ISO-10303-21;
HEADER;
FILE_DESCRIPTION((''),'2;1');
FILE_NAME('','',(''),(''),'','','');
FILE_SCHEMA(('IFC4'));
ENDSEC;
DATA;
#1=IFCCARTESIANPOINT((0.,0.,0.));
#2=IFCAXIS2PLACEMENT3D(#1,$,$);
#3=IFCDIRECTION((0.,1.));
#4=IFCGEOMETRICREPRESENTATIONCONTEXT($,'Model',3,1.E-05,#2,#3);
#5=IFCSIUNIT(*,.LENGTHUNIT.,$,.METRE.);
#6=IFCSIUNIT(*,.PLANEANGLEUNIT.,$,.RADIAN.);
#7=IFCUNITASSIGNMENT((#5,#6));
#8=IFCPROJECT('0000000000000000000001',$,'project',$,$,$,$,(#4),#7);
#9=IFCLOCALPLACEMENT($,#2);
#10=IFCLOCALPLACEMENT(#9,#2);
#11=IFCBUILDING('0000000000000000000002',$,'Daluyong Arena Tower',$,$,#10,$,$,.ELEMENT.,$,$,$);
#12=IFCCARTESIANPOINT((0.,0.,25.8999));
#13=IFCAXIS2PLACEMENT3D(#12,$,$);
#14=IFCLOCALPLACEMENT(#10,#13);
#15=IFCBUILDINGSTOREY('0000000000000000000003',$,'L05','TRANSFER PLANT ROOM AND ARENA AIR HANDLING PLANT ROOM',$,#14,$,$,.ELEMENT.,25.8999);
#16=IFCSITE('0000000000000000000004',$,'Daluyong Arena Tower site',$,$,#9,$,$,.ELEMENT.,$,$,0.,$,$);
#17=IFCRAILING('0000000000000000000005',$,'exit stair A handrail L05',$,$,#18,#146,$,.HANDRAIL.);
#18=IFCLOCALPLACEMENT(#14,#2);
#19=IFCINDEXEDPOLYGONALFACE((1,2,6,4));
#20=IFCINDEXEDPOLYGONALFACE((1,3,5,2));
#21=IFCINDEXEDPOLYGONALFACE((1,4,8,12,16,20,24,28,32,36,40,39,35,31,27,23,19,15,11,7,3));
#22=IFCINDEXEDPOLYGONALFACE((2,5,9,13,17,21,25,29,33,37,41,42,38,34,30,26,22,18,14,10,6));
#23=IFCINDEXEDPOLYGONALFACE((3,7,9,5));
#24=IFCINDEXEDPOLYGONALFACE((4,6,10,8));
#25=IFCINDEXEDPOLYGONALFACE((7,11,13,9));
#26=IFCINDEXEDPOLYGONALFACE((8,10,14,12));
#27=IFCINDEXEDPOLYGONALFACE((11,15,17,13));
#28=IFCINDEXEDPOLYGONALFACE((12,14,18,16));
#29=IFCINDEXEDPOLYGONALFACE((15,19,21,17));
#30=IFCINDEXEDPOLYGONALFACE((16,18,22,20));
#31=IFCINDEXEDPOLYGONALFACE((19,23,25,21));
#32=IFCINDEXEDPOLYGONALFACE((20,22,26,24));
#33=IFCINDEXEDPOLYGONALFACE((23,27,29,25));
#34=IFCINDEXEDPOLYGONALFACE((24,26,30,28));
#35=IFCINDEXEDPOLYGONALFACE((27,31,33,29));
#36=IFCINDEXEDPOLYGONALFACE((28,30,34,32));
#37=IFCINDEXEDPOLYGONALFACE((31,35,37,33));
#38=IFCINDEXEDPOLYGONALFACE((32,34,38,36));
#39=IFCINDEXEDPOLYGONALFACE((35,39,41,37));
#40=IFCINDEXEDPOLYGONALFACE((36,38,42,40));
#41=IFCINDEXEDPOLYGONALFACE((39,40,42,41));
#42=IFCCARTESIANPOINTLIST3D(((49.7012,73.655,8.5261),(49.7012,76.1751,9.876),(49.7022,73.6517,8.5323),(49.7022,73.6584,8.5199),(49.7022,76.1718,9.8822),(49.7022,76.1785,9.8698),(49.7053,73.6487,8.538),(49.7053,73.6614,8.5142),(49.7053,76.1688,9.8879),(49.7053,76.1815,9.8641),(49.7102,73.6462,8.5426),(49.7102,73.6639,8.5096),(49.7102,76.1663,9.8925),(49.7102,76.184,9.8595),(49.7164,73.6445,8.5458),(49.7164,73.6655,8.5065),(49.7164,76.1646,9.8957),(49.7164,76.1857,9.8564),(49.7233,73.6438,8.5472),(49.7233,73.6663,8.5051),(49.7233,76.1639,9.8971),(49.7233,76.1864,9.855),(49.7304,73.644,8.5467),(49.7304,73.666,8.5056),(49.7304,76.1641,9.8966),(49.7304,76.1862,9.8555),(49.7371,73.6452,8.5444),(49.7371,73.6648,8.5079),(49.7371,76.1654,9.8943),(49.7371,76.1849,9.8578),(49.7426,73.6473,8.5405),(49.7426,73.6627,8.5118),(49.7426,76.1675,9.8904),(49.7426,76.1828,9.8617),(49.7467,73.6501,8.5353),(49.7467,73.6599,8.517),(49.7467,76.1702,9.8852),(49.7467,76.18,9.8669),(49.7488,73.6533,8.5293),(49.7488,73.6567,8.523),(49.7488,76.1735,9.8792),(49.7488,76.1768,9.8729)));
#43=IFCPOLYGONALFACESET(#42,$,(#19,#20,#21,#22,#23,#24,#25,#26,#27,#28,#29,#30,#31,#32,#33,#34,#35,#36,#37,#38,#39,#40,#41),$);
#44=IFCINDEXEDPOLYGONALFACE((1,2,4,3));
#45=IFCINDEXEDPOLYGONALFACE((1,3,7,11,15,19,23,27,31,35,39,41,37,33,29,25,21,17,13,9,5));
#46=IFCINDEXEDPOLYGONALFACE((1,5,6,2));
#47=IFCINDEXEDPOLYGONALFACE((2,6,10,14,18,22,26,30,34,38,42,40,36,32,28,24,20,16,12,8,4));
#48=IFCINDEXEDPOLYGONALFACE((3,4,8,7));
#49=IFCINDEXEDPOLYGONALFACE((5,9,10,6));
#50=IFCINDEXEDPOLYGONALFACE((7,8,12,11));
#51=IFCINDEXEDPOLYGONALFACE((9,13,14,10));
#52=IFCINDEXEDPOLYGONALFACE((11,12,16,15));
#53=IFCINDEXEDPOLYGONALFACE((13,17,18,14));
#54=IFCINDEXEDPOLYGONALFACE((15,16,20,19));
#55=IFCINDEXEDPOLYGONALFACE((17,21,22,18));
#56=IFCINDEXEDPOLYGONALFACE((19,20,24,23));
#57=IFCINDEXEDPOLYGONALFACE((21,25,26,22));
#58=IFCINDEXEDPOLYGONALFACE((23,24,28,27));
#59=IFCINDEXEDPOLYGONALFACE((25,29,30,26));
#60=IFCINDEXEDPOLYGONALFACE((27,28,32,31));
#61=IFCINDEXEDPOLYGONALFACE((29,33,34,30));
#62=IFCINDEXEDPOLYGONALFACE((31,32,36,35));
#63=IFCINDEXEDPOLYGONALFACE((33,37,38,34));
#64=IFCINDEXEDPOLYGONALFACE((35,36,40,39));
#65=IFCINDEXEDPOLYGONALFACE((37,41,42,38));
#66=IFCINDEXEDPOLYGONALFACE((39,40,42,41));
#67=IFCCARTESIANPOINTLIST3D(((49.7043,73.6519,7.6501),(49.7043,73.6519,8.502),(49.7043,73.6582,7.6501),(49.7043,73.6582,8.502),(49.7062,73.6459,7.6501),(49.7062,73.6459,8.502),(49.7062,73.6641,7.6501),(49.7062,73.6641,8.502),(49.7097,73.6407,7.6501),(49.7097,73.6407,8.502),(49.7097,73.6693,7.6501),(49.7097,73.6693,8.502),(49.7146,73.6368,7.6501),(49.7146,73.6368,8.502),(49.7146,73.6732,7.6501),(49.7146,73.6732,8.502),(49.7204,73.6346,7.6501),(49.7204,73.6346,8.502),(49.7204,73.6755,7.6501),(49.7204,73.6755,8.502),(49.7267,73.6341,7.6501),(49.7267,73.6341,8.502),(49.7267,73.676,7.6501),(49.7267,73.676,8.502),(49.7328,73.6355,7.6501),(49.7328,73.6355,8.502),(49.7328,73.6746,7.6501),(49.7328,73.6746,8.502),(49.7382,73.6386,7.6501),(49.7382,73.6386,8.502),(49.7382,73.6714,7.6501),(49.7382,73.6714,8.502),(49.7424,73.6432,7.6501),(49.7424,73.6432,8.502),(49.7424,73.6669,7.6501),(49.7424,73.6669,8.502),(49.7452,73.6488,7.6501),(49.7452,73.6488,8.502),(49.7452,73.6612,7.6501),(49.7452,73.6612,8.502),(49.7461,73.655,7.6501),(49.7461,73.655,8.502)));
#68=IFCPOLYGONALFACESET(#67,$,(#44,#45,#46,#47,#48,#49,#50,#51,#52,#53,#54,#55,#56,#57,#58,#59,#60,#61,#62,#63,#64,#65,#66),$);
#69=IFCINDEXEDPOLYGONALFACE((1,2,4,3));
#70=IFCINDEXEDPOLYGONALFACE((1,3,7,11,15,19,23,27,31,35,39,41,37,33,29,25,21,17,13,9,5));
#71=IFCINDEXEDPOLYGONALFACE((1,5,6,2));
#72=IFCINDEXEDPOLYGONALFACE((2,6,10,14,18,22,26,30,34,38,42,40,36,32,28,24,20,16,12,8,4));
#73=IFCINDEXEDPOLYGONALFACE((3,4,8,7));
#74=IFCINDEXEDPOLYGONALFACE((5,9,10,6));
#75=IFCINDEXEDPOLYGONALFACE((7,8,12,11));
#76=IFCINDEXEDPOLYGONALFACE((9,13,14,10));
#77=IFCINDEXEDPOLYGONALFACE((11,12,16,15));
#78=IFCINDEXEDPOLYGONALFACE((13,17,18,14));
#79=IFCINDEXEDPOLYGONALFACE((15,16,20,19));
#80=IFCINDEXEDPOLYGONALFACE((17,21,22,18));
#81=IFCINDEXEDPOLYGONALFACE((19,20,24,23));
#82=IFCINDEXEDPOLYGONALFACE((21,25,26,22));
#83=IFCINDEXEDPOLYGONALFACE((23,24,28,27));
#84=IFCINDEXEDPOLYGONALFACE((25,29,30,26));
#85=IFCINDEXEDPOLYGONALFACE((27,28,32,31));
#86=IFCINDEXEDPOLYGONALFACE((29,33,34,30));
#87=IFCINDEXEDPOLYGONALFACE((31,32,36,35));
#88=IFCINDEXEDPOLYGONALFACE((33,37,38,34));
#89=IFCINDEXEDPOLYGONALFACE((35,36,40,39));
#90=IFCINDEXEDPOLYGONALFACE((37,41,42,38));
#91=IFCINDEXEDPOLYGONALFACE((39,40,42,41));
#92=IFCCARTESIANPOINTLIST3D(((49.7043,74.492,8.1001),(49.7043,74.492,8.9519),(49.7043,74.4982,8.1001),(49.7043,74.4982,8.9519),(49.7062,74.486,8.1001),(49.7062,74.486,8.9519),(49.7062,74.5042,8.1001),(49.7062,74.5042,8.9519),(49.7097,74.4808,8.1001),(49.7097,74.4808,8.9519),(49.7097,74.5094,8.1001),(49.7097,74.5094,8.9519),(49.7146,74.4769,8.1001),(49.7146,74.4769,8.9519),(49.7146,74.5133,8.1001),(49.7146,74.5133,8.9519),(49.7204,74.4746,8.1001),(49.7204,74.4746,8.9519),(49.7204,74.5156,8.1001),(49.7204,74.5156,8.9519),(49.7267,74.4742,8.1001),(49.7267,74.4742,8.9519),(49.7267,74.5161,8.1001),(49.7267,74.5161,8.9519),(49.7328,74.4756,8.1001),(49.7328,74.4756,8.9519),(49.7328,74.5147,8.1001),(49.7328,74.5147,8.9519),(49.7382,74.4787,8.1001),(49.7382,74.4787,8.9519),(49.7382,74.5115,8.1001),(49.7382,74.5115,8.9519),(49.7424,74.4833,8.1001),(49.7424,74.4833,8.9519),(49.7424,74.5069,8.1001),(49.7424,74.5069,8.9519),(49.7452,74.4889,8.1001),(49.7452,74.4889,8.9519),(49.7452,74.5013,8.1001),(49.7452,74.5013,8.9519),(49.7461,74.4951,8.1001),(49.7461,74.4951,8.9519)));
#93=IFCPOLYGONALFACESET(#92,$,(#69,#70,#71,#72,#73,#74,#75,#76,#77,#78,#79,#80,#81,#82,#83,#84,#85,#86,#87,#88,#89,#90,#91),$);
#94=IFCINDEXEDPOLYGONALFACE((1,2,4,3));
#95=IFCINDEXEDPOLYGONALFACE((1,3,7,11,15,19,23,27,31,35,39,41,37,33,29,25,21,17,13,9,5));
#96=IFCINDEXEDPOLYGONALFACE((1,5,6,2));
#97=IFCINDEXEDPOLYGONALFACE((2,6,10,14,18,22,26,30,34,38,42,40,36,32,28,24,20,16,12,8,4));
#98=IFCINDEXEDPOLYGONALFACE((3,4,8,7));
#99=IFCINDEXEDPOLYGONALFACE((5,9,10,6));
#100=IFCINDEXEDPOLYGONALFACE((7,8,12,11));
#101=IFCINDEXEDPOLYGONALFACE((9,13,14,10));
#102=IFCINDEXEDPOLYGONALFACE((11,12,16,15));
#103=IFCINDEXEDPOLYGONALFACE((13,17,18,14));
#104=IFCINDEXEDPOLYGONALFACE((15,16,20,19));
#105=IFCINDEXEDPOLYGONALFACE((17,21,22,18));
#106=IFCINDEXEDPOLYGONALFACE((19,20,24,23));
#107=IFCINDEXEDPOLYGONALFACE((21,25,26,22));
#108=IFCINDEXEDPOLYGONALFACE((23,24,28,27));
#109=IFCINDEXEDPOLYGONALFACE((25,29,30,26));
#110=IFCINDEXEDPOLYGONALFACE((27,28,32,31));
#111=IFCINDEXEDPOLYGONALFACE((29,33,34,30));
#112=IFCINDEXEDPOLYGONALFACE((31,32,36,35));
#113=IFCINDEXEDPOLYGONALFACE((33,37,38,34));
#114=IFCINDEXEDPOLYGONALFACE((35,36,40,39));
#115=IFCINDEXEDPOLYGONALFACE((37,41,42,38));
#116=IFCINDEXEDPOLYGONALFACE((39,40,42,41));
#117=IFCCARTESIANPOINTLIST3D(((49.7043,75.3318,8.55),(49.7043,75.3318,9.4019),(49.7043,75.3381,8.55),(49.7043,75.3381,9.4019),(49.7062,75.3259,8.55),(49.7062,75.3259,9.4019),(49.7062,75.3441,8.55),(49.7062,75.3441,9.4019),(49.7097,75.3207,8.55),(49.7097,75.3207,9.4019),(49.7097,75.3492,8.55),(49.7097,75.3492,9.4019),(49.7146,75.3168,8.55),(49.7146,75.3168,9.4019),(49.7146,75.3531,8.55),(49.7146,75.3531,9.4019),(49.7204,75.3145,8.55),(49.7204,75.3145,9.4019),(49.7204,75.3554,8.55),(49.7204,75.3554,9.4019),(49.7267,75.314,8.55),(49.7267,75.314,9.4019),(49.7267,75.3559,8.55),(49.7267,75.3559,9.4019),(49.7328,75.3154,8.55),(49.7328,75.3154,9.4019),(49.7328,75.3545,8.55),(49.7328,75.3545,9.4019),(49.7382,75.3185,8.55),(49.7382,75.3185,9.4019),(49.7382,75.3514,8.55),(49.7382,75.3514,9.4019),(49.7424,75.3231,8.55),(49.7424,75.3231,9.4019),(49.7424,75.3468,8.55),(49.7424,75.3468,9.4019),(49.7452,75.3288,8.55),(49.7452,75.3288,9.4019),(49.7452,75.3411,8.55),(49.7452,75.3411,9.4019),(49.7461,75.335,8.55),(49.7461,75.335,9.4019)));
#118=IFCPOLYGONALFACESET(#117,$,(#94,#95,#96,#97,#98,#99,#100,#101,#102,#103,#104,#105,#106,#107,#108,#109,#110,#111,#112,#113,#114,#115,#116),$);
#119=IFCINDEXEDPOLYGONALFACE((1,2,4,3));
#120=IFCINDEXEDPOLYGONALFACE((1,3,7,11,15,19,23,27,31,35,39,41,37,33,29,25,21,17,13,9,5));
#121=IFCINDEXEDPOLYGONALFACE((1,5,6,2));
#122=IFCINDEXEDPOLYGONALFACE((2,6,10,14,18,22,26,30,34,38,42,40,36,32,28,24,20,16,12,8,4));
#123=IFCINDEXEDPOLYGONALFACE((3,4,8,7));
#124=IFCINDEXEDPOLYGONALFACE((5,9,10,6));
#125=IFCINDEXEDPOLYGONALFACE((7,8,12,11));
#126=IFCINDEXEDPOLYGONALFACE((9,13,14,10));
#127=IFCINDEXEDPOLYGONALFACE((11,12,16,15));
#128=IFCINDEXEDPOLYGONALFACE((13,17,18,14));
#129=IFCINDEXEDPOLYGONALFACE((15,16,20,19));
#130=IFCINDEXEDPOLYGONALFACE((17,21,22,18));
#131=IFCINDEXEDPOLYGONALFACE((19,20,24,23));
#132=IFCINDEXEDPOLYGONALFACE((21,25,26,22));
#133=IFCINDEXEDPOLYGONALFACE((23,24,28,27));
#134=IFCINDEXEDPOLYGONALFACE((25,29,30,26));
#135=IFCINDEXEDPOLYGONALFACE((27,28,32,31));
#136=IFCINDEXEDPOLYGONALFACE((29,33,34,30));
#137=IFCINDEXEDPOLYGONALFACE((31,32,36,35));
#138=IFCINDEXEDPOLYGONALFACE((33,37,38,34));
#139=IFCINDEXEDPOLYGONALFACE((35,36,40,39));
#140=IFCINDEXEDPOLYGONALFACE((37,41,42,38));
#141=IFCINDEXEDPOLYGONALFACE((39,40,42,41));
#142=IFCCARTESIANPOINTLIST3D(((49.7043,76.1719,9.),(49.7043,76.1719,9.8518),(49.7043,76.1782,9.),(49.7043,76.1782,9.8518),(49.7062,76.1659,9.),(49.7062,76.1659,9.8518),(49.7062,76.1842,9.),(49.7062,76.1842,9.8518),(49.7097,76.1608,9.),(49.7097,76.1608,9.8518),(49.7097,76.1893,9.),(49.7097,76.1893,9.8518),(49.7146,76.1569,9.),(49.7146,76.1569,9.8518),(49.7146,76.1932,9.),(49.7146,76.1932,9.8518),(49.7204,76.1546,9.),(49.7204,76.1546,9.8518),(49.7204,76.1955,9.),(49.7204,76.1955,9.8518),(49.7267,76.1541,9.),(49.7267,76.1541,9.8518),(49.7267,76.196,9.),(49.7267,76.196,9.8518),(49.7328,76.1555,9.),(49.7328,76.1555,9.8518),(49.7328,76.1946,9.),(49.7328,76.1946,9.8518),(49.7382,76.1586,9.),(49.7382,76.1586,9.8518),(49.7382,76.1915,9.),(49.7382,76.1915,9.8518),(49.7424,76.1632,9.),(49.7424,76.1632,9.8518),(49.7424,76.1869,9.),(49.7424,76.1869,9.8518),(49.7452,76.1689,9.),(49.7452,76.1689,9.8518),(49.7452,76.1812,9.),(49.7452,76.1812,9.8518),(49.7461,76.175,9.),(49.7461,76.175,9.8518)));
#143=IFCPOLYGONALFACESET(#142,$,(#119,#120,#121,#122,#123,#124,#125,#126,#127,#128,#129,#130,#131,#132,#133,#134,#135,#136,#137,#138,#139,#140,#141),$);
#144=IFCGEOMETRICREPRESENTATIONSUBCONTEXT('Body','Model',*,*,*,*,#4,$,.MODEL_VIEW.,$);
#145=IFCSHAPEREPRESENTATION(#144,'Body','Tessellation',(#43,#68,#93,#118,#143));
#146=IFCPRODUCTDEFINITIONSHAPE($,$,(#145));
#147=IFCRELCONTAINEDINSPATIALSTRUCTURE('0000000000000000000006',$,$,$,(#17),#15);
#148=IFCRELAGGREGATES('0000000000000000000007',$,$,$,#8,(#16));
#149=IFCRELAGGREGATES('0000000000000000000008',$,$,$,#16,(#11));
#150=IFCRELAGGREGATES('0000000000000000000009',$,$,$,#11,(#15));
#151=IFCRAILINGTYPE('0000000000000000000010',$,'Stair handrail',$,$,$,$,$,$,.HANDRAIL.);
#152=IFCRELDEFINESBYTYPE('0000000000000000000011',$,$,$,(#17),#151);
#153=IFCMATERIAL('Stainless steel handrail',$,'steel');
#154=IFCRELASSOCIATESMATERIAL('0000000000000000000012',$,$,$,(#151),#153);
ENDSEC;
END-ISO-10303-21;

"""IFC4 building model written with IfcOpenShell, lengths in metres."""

from ifc_helpers import new_model, si_unit, direction, frame, origin, origin_2d, place, context, subcontext, project, spatial, circle, extrude, material, type_object, element, save


model = new_model("IFC4")

# Units and contexts
model_context = context("Model", 3, precision=1e-05, world=origin(), true_north=direction((0.0, 1.0)))
body_context = subcontext(model_context, "Body", "Model", "MODEL_VIEW")
ifc_project = project(units=[si_unit("LENGTHUNIT", "METRE"), si_unit("PLANEANGLEUNIT", "RADIAN")], contexts=[model_context])

# Site, building, storey
site_placement = place(None, origin())
site = spatial("IfcSite", under=ifc_project, at=site_placement, Name="Daluyong Arena Tower site", CompositionType="ELEMENT", RefElevation=0.0)
building_placement = place(site_placement, origin())
building = spatial("IfcBuilding", under=site, at=building_placement, Name="Daluyong Arena Tower", CompositionType="ELEMENT")
storey_placement = place(building_placement, frame((0.0, 0.0, 25.8999)))
storey = spatial("IfcBuildingStorey", under=building, at=storey_placement, Name="L05", Description="TRANSFER PLANT ROOM AND ARENA AIR HANDLING PLANT ROOM", CompositionType="ELEMENT", Elevation=25.8999)

# Railing
ifc_material_1 = material(Name="Stainless steel handrail", Category="steel")
railing_type_1 = type_object("IfcRailingType", Name="Stair handrail", PredefinedType="HANDRAIL", material=ifc_material_1)
for number, where, name in (
    (1, (49.7251, 73.655, 7.6501), "exit stair A handrail L05"),
):
    element("IfcRailing", number, at=place(storey_placement, frame(where)), inside=storey, type_object=railing_type_1, Name=name, PredefinedType="HANDRAIL", context=body_context, shape_type="SweptSolid", body=[
        extrude(circle(Radius=0.0239, at=origin_2d()), frame((0.0, 0.0, 0.876), z_axis=(0.0, 0.881503, 0.472179), x_axis=(-1.0, 0.0, 0.0)), (0.0, 0.0, 1.0), 2.8589),
        extrude(circle(Radius=0.021, at=origin_2d()), origin(), (0.0, 0.0, 1.0), 0.8518),
        extrude(circle(Radius=0.021, at=origin_2d()), frame((0.0, 0.8401, 0.45)), (0.0, 0.0, 1.0), 0.8518),
        extrude(circle(Radius=0.021, at=origin_2d()), frame((0.0, 1.6799, 0.8999)), (0.0, 0.0, 1.0), 0.8518),
        extrude(circle(Radius=0.021, at=origin_2d()), frame((0.0, 2.52, 1.3499)), (0.0, 0.0, 1.0), 0.8518),
    ])

save(model, "model.ifc")
